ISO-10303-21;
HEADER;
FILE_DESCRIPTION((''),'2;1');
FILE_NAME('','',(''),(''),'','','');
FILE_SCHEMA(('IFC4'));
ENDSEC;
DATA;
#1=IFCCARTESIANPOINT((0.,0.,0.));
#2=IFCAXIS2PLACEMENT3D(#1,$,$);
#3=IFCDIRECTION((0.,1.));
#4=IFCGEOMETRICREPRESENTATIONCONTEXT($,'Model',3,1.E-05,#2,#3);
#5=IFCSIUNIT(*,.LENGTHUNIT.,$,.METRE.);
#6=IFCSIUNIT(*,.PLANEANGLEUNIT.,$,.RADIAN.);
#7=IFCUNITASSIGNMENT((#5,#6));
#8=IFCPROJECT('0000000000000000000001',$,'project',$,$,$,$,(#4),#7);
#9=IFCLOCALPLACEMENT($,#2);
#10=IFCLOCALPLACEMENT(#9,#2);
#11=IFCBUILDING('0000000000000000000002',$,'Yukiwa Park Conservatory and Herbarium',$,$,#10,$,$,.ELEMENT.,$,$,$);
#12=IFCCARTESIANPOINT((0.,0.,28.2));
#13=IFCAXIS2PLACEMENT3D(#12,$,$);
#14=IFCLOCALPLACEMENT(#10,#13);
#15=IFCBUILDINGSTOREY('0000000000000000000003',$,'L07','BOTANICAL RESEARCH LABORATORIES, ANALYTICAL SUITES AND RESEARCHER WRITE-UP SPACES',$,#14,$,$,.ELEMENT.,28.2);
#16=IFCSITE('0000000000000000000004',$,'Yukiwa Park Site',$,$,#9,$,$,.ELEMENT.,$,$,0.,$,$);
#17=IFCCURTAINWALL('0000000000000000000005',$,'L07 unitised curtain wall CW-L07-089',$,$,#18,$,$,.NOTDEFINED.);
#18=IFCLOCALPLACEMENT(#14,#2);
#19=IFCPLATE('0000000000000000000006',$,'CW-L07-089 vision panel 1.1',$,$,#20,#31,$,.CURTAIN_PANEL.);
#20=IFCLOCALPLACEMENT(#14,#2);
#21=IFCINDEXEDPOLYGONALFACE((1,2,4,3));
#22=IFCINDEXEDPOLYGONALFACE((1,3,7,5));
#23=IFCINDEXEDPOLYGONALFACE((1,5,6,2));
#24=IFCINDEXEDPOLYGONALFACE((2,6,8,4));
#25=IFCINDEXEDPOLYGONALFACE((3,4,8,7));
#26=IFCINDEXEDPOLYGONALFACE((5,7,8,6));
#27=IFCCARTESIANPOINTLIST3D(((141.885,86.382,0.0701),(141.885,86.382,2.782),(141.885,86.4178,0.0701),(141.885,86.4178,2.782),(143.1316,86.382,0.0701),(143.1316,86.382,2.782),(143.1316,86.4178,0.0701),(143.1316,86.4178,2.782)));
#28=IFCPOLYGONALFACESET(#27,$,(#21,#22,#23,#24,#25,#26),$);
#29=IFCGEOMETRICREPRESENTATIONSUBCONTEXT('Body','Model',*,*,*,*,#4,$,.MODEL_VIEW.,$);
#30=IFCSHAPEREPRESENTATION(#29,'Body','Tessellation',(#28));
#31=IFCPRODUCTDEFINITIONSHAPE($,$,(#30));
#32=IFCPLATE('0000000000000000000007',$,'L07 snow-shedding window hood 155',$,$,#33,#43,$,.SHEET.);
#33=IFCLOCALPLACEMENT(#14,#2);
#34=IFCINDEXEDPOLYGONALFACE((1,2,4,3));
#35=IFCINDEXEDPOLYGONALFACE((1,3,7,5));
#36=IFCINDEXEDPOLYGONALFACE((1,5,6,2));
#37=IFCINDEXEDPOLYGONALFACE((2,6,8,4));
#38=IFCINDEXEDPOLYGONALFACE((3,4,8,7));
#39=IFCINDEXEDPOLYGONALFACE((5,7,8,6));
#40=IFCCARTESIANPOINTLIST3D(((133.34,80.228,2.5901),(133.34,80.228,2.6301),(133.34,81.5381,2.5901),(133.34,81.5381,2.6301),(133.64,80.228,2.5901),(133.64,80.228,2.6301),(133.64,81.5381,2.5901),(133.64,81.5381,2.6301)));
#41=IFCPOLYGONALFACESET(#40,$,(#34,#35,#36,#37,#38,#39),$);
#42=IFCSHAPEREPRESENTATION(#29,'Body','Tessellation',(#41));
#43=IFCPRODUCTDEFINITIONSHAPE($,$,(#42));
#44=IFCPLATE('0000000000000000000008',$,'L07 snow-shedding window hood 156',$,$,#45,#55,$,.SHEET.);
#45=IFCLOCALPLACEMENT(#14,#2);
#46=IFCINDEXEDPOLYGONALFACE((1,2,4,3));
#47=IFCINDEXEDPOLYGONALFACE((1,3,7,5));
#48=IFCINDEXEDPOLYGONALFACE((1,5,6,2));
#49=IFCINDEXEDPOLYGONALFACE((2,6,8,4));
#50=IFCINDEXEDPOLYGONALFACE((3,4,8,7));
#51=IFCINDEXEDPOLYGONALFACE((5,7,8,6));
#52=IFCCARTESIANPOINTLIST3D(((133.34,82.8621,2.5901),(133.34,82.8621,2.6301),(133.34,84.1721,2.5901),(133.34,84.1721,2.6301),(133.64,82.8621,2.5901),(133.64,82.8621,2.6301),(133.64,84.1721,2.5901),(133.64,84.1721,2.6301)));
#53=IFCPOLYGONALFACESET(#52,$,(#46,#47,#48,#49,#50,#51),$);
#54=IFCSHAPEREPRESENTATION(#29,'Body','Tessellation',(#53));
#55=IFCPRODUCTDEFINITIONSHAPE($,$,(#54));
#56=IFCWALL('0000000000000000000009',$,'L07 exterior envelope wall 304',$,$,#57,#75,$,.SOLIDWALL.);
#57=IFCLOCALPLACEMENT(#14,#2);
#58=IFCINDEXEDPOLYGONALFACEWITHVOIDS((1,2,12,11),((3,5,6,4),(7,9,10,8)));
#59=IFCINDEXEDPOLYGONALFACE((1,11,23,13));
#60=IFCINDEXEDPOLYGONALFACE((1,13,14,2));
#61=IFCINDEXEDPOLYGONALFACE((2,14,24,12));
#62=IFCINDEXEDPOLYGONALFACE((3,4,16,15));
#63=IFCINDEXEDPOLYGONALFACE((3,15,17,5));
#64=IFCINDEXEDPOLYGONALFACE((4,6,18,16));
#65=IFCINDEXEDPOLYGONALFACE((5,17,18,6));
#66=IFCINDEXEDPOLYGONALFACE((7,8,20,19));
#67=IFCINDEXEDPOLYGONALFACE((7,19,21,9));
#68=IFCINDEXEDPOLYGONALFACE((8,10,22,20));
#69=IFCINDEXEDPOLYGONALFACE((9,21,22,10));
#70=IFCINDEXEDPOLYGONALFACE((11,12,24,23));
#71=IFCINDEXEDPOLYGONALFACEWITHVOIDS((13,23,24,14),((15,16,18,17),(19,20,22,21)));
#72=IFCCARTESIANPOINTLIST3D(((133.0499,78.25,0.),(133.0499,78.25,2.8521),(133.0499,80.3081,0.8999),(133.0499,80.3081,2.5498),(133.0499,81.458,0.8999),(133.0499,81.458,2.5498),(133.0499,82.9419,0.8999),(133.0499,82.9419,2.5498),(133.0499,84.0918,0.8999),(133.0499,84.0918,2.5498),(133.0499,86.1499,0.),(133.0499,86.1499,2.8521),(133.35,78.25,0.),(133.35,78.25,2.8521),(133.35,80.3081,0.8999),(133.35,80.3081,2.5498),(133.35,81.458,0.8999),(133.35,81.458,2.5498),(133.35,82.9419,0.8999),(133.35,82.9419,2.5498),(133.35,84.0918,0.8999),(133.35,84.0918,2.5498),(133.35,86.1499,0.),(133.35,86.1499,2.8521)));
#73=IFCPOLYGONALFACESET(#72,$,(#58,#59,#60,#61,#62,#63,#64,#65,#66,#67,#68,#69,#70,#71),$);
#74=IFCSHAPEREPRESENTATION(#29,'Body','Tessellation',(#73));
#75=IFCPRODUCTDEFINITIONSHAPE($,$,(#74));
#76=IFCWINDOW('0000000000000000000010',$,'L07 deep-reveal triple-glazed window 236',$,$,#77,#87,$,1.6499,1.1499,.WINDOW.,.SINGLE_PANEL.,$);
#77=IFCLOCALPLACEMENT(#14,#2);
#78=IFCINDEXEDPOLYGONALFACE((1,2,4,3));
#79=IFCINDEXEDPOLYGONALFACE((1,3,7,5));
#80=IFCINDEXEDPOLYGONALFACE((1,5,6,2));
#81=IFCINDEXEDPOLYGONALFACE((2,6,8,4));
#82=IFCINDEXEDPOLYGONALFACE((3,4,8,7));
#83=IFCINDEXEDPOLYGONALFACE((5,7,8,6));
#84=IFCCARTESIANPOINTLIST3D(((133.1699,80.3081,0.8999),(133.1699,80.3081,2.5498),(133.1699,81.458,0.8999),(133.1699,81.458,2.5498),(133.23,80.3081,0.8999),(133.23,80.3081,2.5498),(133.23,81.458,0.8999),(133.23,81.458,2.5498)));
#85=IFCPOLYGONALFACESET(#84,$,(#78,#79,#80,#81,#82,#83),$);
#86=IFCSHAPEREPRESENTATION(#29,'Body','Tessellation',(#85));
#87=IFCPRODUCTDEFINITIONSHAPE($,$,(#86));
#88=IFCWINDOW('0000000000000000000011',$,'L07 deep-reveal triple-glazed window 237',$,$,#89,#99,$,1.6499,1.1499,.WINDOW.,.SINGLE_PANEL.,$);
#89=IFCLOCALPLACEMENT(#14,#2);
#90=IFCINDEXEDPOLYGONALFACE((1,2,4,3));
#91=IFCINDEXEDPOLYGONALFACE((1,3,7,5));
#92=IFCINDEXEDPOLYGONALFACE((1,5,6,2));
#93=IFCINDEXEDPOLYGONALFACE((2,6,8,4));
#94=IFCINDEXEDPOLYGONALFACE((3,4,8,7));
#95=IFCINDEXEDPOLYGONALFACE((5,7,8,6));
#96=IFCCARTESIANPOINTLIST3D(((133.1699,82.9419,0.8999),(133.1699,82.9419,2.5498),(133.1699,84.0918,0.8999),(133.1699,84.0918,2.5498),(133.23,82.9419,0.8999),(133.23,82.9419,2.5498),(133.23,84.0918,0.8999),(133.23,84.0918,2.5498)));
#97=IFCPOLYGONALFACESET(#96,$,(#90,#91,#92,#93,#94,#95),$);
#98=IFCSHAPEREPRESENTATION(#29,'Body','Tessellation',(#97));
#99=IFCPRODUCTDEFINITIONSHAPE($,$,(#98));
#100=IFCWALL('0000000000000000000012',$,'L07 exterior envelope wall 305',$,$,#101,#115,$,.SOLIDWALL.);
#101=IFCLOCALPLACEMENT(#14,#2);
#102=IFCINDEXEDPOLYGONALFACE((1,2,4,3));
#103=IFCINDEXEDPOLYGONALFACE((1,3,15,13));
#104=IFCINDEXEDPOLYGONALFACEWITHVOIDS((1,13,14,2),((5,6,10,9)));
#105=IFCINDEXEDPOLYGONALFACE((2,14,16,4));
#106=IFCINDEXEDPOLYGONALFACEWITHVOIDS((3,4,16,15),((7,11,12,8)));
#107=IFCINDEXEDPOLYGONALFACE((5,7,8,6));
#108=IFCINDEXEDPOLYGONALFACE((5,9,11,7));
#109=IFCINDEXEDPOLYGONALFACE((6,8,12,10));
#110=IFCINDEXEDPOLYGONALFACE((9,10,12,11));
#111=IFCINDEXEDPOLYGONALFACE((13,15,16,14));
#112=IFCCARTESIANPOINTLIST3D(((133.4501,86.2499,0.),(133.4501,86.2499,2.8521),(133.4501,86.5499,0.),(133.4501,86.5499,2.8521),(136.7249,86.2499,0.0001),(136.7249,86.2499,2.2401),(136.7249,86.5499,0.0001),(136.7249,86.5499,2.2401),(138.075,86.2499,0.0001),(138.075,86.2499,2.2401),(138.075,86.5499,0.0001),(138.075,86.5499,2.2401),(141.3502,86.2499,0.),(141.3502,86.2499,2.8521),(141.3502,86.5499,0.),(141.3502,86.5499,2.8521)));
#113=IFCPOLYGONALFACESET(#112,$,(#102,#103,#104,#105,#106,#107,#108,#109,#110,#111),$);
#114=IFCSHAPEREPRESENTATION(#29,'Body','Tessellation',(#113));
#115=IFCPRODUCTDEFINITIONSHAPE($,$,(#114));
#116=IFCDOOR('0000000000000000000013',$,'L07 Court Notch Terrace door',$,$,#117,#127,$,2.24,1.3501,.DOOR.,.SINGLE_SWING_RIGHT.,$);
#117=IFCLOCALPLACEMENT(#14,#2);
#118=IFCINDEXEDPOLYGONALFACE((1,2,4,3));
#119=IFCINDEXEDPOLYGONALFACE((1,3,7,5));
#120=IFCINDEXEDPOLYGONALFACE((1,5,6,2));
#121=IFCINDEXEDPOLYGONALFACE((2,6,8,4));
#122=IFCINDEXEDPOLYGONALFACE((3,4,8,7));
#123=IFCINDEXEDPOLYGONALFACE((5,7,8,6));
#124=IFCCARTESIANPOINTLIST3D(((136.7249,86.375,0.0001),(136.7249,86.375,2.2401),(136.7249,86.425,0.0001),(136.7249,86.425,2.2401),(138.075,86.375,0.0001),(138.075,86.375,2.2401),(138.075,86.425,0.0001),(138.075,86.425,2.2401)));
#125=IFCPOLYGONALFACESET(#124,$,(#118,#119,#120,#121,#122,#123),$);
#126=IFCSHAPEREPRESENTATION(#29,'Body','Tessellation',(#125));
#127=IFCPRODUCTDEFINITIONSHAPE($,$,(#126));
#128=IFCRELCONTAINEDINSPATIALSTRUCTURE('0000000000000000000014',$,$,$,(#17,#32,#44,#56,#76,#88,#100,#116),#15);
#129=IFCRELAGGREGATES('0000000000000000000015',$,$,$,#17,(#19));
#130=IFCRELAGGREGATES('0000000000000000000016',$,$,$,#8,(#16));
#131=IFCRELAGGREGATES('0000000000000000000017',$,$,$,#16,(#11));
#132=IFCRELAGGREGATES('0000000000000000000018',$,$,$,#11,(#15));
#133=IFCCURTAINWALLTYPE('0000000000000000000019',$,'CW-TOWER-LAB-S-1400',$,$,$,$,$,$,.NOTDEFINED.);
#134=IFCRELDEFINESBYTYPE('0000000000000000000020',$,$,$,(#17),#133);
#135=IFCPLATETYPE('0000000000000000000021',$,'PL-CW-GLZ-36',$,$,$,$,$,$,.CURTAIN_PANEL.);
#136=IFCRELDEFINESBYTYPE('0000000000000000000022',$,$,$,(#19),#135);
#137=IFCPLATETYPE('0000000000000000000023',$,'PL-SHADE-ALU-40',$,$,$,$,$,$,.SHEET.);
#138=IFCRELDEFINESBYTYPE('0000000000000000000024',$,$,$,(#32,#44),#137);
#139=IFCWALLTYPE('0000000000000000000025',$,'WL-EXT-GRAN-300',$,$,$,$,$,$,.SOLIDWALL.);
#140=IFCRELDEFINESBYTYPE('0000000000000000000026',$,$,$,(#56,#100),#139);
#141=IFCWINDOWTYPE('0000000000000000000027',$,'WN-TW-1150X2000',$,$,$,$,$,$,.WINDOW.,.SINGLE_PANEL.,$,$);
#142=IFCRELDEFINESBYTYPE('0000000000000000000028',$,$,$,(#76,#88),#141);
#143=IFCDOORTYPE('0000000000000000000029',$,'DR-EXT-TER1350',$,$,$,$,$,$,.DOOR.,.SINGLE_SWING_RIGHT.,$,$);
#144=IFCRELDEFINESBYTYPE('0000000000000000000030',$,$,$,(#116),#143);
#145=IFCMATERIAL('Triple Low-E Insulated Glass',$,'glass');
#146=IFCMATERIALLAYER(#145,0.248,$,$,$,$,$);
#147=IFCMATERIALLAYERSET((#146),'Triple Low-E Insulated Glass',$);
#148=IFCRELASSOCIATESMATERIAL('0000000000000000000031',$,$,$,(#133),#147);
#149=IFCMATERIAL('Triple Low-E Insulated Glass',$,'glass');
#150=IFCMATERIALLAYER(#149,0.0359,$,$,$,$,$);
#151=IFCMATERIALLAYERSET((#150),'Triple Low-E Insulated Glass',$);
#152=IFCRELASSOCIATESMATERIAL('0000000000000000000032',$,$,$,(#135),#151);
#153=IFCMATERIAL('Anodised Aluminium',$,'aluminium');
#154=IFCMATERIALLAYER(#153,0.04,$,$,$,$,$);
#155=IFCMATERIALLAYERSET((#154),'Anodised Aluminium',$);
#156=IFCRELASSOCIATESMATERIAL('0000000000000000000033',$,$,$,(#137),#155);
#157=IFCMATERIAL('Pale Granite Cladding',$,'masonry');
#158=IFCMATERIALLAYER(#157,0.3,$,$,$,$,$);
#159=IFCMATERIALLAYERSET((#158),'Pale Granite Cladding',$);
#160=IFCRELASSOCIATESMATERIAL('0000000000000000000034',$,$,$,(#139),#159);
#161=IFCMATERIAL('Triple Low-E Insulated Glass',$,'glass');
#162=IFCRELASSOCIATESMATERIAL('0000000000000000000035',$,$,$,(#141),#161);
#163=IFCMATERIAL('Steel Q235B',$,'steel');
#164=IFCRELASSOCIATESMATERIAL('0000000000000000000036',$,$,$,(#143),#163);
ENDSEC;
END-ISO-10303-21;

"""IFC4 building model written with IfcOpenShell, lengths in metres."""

from ifc_helpers import new_model, si_unit, direction, frame, frame_2d, origin, origin_2d, place, context, subcontext, project, spatial, rectangle, extrude, material, layer, layer_set, type_object, element, fill, aggregate, save


model = new_model("IFC4")

# Units and contexts
model_context = context("Model", 3, precision=1e-05, world=origin(), true_north=direction((0.0, 1.0)))
body_context = subcontext(model_context, "Body", "Model", "MODEL_VIEW")
ifc_project = project(units=[si_unit("LENGTHUNIT", "METRE"), si_unit("PLANEANGLEUNIT", "RADIAN")], contexts=[model_context])

# Site, building, storey
site_placement = place(None, origin())
site = spatial("IfcSite", under=ifc_project, at=site_placement, Name="Yukiwa Park Site", CompositionType="ELEMENT", RefElevation=0.0)
building_placement = place(site_placement, origin())
building = spatial("IfcBuilding", under=site, at=building_placement, Name="Yukiwa Park Conservatory and Herbarium", CompositionType="ELEMENT")
storey_placement = place(building_placement, frame((0.0, 0.0, 28.2)))
storey = spatial("IfcBuildingStorey", under=building, at=storey_placement, Name="L07", Description="BOTANICAL RESEARCH LABORATORIES, ANALYTICAL SUITES AND RESEARCHER WRITE-UP SPACES", CompositionType="ELEMENT", Elevation=28.2)

# Curtain wall, plate
ifc_material_1 = material(Name="Triple Low-E Insulated Glass", Category="glass")
ifc_layer_1 = layer(ifc_material_1, 0.248)
ifc_layer_set_1 = layer_set([ifc_layer_1], Name="Triple Low-E Insulated Glass")
curtain_wall_type = type_object("IfcCurtainWallType", Name="CW-TOWER-LAB-S-1400", PredefinedType="NOTDEFINED", material=ifc_layer_set_1)
curtain_wall_placement = place(storey_placement, origin())
curtain_wall = element("IfcCurtainWall", 1, at=curtain_wall_placement, inside=storey, type_object=curtain_wall_type, Name="L07 unitised curtain wall CW-L07-089", PredefinedType="NOTDEFINED")
ifc_material_2 = material(Name="Triple Low-E Insulated Glass", Category="glass")
ifc_layer_2 = layer(ifc_material_2, 0.0359)
ifc_layer_set_2 = layer_set([ifc_layer_2], Name="Triple Low-E Insulated Glass")
plate_type_1 = type_object("IfcPlateType", Name="PL-CW-GLZ-36", PredefinedType="CURTAIN_PANEL", material=ifc_layer_set_2)
plate_placement = place(storey_placement, frame((142.5083, 86.3999, 0.0701), z_axis=(0.0, 0.0, 1.0), x_axis=(1.0, 0.0, 0.0)))
plate = element("IfcPlate", 2, at=plate_placement, type_object=plate_type_1, Name="CW-L07-089 vision panel 1.1", PredefinedType="CURTAIN_PANEL", context=body_context, shape_type="SweptSolid", body=[
    extrude(rectangle(XDim=1.2466, YDim=0.0359, at=origin_2d()), origin(), (0.0, 0.0, 1.0), 2.7119),
])
aggregate(curtain_wall, [plate])

# Plates
ifc_material_3 = material(Name="Anodised Aluminium", Category="aluminium")
ifc_layer_3 = layer(ifc_material_3, 0.04)
ifc_layer_set_3 = layer_set([ifc_layer_3], Name="Anodised Aluminium")
plate_type_2 = type_object("IfcPlateType", Name="PL-SHADE-ALU-40", PredefinedType="SHEET", material=ifc_layer_set_3)
for number, where, z_axis, x_axis, name in (
    (3, (133.49, 80.8831, 2.5901), (0.0, 0.0, 1.0), (0.0, 1.0, 0.0), "L07 snow-shedding window hood 155"),
    (4, (133.49, 83.5171, 2.5901), (0.0, 0.0, 1.0), (0.0, 1.0, 0.0), "L07 snow-shedding window hood 156"),
):
    element("IfcPlate", number, at=place(storey_placement, frame(where, z_axis=z_axis, x_axis=x_axis)), inside=storey, type_object=plate_type_2, Name=name, PredefinedType="SHEET", context=body_context, shape_type="SweptSolid", body=[
        extrude(rectangle(XDim=1.3101, YDim=0.3, at=origin_2d()), origin(), (0.0, 0.0, 1.0), 0.04),
    ])

# Wall, openings, windows
ifc_material_4 = material(Name="Pale Granite Cladding", Category="masonry")
ifc_layer_4 = layer(ifc_material_4, 0.3)
ifc_layer_set_4 = layer_set([ifc_layer_4], Name="Pale Granite Cladding")
wall_type = type_object("IfcWallType", Name="WL-EXT-GRAN-300", PredefinedType="SOLIDWALL", material=ifc_layer_set_4)
wall_1_placement = place(storey_placement, frame((133.2, 78.25, 0.0), z_axis=(0.0, 0.0, 1.0), x_axis=(0.0, 1.0, 0.0)))
wall_1 = element("IfcWall", 5, at=wall_1_placement, inside=storey, type_object=wall_type, Name="L07 exterior envelope wall 304", PredefinedType="SOLIDWALL", context=body_context, shape_type="SweptSolid", body=[
    extrude(rectangle(XDim=7.8999, YDim=0.3, at=frame_2d((3.95, 0.0))), origin(), (0.0, 0.0, 1.0), 2.8521),
])
opening_1_placement = place(wall_1_placement, frame((2.0581, 0.0, 0.8999)))
opening_1 = element("IfcOpeningElement", 6, at=opening_1_placement, cuts=wall_1, PredefinedType="OPENING", context=body_context, shape_type="SweptSolid", body=[
    extrude(rectangle(XDim=1.1499, YDim=1.6499, at=frame_2d((0.575, 0.825))), frame((0.0, 0.1602, 0.0), z_axis=(0.0, -1.0, 0.0), x_axis=(1.0, 0.0, 0.0)), (0.0, 0.0, 1.0), 0.3201),
])
opening_2_placement = place(wall_1_placement, frame((4.6919, 0.0, 0.8999)))
opening_2 = element("IfcOpeningElement", 7, at=opening_2_placement, cuts=wall_1, PredefinedType="OPENING", context=body_context, shape_type="SweptSolid", body=[
    extrude(rectangle(XDim=1.1499, YDim=1.6499, at=frame_2d((0.575, 0.825))), frame((0.0, 0.1602, 0.0), z_axis=(0.0, -1.0, 0.0), x_axis=(1.0, 0.0, 0.0)), (0.0, 0.0, 1.0), 0.3201),
])
ifc_material_5 = material(Name="Triple Low-E Insulated Glass", Category="glass")
window_type = type_object("IfcWindowType", Name="WN-TW-1150X2000", PartitioningType="SINGLE_PANEL", PredefinedType="WINDOW", material=ifc_material_5)
window_1_placement = place(opening_1_placement, origin())
window_1 = element("IfcWindow", 8, at=window_1_placement, inside=storey, type_object=window_type, Name="L07 deep-reveal triple-glazed window 236", OverallHeight=1.6499, OverallWidth=1.1499, PartitioningType="SINGLE_PANEL", PredefinedType="WINDOW", context=body_context, shape_type="SweptSolid", body=[
    extrude(rectangle(XDim=1.1499, YDim=1.6499, at=frame_2d((0.575, 0.825))), frame((0.0, 0.03, 0.0), z_axis=(0.0, -1.0, 0.0), x_axis=(1.0, 0.0, 0.0)), (0.0, 0.0, 1.0), 0.0601),
])
fill(opening_1, window_1)
window_2_placement = place(opening_2_placement, origin())
window_2 = element("IfcWindow", 9, at=window_2_placement, inside=storey, type_object=window_type, Name="L07 deep-reveal triple-glazed window 237", OverallHeight=1.6499, OverallWidth=1.1499, PartitioningType="SINGLE_PANEL", PredefinedType="WINDOW", context=body_context, shape_type="SweptSolid", body=[
    extrude(rectangle(XDim=1.1499, YDim=1.6499, at=frame_2d((0.575, 0.825))), frame((0.0, 0.03, 0.0), z_axis=(0.0, -1.0, 0.0), x_axis=(1.0, 0.0, 0.0)), (0.0, 0.0, 1.0), 0.0601),
])
fill(opening_2, window_2)

# Wall, opening, door
wall_2_placement = place(storey_placement, frame((133.45, 86.3999, 0.0), z_axis=(0.0, 0.0, 1.0), x_axis=(1.0, 0.0, 0.0)))
wall_2 = element("IfcWall", 10, at=wall_2_placement, inside=storey, type_object=wall_type, Name="L07 exterior envelope wall 305", PredefinedType="SOLIDWALL", context=body_context, shape_type="SweptSolid", body=[
    extrude(rectangle(XDim=7.9001, YDim=0.3, at=frame_2d((3.9502, 0.0))), origin(), (0.0, 0.0, 1.0), 2.8521),
])
opening_3_placement = place(wall_2_placement, frame((3.2749, 0.0, 0.0)))
opening_3 = element("IfcOpeningElement", 11, at=opening_3_placement, cuts=wall_2, PredefinedType="OPENING", context=body_context, shape_type="SweptSolid", body=[
    extrude(rectangle(XDim=1.3501, YDim=2.24, at=frame_2d((0.675, 1.1201))), frame((0.0, 0.1602, 0.0), z_axis=(0.0, -1.0, 0.0), x_axis=(1.0, 0.0, 0.0)), (0.0, 0.0, 1.0), 0.3201),
])
ifc_material_6 = material(Name="Steel Q235B", Category="steel")
door_type = type_object("IfcDoorType", Name="DR-EXT-TER1350", OperationType="SINGLE_SWING_RIGHT", PredefinedType="DOOR", material=ifc_material_6)
door_placement = place(opening_3_placement, frame((1.3501, 0.0, 0.0), z_axis=(0.0, 0.0, 1.0), x_axis=(-1.0, 0.0, 0.0)))
door = element("IfcDoor", 12, at=door_placement, inside=storey, type_object=door_type, Name="L07 Court Notch Terrace door", OperationType="SINGLE_SWING_RIGHT", OverallHeight=2.24, OverallWidth=1.3501, PredefinedType="DOOR", context=body_context, shape_type="SweptSolid", body=[
    extrude(rectangle(XDim=1.3501, YDim=2.24, at=frame_2d((0.675, 1.1201))), frame((0.0, 0.0249, 0.0), z_axis=(0.0, -1.0, 0.0), x_axis=(1.0, 0.0, 0.0)), (0.0, 0.0, 1.0), 0.05),
])
fill(opening_3, door)

save(model, "model.ifc")
